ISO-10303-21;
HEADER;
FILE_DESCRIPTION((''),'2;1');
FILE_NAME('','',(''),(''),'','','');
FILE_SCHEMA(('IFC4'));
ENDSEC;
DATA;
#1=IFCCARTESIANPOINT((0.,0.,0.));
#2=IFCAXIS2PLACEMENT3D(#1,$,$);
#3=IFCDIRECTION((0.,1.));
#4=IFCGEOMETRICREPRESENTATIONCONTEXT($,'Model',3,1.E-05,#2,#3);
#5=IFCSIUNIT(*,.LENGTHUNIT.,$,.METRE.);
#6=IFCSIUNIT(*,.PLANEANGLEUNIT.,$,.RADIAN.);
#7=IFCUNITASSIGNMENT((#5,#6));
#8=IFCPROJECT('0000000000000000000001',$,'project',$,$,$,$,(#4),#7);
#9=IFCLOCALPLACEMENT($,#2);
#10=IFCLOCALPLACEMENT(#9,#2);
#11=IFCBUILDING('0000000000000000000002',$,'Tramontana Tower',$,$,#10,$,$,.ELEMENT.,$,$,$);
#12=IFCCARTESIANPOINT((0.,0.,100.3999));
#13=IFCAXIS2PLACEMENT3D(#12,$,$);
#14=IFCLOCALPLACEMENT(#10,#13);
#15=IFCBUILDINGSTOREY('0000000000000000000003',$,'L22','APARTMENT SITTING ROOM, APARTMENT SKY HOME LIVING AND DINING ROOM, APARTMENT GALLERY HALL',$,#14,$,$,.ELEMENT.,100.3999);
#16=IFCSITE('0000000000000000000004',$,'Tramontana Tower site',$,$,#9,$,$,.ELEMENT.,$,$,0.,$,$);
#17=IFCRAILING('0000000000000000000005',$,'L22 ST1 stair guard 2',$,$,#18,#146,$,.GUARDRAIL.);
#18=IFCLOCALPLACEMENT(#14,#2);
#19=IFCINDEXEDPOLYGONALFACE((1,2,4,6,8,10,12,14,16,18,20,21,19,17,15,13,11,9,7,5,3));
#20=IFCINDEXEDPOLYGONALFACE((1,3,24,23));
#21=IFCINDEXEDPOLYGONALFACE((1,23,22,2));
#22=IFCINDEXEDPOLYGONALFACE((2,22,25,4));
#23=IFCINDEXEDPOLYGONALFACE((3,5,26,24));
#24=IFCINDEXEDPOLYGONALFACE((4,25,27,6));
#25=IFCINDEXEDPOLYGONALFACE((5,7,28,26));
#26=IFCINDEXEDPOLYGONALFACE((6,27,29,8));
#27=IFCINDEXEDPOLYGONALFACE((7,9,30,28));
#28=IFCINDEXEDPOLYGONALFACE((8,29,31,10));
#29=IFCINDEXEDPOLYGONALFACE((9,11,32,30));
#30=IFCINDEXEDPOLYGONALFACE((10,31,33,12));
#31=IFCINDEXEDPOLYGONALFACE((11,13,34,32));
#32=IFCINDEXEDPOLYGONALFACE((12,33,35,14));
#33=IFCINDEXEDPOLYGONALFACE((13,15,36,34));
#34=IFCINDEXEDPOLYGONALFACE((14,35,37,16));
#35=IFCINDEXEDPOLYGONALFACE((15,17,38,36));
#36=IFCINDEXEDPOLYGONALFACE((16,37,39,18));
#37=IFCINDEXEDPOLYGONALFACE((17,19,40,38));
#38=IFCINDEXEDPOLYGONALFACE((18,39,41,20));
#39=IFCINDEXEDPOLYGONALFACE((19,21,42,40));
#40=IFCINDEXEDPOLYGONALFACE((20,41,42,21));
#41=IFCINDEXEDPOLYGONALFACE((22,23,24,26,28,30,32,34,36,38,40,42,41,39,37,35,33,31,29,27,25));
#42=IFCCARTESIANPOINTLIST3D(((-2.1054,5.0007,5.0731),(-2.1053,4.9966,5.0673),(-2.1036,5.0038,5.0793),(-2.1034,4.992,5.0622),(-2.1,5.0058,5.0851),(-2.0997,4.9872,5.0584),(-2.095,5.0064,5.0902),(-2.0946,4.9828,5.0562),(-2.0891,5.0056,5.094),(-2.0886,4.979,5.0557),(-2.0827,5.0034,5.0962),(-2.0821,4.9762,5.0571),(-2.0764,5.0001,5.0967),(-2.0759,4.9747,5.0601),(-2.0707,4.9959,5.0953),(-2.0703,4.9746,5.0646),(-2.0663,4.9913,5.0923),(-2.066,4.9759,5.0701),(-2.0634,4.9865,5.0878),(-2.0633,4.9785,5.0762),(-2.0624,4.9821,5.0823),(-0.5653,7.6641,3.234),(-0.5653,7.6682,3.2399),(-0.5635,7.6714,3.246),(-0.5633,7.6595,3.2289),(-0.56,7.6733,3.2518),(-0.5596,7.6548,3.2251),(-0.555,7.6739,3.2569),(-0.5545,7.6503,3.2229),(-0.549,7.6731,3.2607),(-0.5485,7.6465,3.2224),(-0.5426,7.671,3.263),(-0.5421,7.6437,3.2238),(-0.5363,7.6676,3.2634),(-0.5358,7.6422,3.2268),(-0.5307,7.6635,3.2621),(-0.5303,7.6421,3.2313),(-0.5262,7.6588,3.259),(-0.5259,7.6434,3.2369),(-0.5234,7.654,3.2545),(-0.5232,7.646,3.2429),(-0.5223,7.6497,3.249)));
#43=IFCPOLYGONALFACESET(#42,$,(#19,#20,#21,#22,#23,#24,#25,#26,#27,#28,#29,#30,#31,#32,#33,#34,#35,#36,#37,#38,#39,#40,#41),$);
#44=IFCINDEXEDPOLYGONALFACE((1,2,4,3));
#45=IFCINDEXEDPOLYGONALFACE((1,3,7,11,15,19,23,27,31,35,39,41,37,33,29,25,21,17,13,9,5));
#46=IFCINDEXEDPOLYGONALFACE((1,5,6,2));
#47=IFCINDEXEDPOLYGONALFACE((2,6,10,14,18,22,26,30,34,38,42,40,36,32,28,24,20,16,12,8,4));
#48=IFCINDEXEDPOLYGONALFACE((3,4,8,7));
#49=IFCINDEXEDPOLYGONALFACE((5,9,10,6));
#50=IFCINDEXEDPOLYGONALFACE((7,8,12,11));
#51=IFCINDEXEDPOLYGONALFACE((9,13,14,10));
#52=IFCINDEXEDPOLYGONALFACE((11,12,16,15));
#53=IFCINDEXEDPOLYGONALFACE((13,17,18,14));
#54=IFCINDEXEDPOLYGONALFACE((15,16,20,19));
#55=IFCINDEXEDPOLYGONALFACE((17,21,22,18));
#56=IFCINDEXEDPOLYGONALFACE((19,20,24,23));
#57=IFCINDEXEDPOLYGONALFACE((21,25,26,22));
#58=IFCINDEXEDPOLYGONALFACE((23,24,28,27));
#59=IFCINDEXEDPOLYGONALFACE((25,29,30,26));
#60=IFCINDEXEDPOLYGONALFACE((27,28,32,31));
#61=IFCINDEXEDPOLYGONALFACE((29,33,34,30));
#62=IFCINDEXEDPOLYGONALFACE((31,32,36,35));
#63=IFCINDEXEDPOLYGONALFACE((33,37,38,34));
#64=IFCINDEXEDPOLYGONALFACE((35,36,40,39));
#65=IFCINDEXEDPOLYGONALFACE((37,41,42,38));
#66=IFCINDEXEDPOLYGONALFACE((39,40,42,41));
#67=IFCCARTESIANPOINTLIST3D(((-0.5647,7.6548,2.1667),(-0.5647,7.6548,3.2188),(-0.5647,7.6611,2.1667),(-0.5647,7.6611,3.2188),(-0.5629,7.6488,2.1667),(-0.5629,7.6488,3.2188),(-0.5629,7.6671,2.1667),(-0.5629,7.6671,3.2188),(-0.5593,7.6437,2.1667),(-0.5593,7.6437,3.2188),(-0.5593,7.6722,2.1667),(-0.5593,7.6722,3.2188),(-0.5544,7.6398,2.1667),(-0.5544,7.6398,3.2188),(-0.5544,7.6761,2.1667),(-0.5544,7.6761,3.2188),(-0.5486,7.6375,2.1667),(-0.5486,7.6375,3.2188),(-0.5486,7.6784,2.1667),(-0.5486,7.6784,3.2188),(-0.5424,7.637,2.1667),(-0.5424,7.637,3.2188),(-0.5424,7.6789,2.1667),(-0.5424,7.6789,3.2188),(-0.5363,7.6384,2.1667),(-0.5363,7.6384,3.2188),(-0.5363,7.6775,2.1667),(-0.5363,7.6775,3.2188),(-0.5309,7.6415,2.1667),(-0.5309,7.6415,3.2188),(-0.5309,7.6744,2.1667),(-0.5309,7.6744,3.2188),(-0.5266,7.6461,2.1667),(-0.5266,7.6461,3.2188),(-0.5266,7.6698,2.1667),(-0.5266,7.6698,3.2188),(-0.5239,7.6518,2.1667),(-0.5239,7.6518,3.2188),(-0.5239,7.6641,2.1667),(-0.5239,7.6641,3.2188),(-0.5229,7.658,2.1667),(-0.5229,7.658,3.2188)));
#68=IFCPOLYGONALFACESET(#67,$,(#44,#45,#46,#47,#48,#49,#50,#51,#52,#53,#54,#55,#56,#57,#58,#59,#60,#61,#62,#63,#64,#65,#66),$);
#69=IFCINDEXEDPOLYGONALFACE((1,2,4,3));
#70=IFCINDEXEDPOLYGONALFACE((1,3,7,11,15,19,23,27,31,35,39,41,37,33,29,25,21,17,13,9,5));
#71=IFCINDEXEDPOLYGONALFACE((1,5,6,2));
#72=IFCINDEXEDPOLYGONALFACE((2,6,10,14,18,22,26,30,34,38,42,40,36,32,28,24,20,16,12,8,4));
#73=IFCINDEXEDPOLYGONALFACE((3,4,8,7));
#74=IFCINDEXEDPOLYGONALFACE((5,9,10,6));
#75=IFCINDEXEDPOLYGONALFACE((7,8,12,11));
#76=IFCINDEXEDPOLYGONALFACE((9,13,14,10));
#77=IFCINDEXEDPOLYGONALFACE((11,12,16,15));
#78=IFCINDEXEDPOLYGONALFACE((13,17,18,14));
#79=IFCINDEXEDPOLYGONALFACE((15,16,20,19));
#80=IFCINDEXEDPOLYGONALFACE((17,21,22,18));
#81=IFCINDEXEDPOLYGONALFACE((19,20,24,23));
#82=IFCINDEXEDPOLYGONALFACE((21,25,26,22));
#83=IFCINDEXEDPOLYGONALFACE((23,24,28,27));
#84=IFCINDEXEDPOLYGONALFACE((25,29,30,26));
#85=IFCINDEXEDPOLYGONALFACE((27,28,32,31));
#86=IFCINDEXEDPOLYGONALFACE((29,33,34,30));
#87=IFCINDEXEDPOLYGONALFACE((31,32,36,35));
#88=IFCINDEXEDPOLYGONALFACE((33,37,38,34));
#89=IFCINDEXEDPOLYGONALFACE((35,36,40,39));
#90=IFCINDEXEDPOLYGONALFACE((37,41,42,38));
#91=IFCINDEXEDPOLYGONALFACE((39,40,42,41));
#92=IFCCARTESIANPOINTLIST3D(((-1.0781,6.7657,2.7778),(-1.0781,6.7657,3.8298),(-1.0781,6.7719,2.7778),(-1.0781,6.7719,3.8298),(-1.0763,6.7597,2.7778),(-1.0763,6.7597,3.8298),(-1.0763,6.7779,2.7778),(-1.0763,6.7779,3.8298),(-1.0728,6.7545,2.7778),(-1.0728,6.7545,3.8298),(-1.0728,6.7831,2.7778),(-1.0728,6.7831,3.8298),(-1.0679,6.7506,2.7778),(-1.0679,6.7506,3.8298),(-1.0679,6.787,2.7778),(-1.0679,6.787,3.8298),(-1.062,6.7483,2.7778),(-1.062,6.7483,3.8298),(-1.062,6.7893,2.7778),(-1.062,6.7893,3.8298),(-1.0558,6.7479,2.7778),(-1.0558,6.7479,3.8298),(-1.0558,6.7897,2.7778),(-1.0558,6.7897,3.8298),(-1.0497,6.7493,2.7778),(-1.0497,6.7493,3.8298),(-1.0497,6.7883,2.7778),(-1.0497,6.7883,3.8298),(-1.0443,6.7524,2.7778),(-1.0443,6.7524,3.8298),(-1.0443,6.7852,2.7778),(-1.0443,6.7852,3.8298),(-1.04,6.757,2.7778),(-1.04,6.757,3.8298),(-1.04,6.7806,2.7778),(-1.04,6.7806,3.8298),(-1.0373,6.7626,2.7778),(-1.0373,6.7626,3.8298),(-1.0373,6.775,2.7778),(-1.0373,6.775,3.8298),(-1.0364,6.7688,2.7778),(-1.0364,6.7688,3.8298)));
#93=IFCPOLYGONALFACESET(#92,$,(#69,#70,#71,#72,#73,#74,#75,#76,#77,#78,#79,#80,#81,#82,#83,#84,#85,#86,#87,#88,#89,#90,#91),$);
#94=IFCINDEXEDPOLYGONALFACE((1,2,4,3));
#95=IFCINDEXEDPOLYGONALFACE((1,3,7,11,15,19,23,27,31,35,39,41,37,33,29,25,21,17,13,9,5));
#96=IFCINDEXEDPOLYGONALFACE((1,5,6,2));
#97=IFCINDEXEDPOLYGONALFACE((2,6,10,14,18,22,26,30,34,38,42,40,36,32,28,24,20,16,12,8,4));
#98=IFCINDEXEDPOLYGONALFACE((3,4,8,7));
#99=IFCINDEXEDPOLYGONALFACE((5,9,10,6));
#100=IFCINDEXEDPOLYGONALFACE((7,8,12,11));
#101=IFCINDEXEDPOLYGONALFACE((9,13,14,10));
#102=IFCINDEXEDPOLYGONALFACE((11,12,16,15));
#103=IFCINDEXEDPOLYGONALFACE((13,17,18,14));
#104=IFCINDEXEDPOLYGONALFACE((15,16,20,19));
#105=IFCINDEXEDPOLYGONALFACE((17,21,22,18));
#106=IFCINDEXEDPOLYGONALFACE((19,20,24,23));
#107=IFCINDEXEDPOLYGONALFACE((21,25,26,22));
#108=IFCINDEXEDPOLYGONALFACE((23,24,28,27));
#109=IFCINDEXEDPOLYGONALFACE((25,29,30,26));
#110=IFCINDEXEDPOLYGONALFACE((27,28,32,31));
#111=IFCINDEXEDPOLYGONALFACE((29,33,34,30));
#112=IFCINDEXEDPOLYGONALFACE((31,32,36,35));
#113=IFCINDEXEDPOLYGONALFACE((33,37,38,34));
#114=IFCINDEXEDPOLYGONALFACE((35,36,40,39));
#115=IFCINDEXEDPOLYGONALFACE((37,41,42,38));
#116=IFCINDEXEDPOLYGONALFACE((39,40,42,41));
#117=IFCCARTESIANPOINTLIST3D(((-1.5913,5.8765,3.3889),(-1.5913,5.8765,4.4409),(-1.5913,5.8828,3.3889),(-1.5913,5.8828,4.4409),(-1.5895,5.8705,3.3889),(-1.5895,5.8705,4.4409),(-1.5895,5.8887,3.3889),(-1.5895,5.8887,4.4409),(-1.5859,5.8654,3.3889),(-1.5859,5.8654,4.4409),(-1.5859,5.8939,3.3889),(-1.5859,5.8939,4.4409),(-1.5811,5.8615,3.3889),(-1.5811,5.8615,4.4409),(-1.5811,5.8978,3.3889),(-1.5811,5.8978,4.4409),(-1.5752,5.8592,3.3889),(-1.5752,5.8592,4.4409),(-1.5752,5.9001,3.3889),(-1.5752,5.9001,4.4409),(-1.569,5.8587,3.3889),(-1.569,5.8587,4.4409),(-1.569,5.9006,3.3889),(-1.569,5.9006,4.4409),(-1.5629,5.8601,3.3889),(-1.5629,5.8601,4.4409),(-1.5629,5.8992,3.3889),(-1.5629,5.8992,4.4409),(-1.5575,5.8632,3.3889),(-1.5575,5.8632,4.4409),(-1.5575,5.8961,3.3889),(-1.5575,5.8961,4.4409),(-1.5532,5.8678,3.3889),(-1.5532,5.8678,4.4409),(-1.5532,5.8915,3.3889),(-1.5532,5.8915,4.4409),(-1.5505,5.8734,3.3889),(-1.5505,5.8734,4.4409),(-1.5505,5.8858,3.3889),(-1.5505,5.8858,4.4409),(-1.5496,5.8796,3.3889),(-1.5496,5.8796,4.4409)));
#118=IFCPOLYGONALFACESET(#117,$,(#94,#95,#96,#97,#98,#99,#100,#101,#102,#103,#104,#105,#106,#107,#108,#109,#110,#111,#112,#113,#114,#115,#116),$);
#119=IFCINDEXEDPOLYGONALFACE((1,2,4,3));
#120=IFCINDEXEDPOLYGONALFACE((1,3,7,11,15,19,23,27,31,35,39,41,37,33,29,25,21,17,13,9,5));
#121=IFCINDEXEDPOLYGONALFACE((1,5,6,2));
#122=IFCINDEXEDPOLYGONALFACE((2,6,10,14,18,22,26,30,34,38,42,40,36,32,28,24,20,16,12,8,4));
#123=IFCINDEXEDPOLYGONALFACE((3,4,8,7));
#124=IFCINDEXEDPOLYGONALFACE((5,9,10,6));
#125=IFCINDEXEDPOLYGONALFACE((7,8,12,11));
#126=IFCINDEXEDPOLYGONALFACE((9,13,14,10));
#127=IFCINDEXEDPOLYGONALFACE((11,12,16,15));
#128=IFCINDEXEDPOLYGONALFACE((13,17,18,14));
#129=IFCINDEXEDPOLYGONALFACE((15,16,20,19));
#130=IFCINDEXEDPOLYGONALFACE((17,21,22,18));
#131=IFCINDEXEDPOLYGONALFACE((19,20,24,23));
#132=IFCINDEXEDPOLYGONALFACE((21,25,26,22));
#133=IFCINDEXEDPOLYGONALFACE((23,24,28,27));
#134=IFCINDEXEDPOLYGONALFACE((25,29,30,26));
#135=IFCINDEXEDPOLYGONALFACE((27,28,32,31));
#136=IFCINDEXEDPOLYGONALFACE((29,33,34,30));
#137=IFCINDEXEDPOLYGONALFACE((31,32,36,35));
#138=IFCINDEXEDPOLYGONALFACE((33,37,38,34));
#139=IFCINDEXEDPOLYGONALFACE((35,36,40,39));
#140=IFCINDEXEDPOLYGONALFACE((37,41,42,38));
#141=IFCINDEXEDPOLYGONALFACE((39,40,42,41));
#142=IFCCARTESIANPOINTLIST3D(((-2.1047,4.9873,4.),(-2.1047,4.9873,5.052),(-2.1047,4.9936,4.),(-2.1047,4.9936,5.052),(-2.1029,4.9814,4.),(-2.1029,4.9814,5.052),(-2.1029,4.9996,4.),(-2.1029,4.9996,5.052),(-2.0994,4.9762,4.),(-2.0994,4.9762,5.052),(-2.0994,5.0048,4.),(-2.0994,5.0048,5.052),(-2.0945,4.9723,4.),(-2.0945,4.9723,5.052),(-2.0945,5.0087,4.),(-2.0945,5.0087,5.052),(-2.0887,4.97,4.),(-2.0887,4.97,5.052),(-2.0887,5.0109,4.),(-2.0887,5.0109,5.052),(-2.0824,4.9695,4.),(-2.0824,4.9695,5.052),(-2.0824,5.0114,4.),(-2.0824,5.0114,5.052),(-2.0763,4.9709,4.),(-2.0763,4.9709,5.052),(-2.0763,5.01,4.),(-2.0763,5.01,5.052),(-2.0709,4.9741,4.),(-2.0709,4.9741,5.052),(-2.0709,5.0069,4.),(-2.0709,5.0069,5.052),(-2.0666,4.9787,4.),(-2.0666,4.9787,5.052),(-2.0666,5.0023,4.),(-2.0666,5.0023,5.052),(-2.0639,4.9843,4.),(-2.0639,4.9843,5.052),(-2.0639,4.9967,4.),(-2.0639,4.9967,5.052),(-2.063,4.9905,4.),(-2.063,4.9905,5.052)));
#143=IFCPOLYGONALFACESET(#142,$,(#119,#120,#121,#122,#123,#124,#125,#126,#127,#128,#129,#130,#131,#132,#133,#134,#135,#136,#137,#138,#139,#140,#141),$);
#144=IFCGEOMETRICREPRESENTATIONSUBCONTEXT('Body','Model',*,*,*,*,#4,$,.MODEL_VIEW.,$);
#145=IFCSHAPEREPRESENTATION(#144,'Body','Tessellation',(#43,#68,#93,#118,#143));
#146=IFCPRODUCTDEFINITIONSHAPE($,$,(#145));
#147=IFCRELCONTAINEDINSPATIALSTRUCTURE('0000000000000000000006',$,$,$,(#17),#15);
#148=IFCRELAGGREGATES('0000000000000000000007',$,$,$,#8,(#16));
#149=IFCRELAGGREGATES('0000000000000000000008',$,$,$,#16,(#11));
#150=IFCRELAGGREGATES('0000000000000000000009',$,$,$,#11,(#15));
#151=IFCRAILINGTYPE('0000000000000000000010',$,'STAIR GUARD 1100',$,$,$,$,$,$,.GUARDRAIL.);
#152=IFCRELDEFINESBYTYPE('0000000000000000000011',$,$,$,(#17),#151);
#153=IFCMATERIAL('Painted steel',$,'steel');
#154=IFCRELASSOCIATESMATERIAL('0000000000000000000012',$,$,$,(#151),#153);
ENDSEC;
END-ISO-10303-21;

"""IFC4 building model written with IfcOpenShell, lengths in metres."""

from ifc_helpers import new_model, si_unit, direction, frame, origin, origin_2d, place, context, subcontext, project, spatial, circle, extrude, material, type_object, element, save


model = new_model("IFC4")

# Units and contexts
model_context = context("Model", 3, precision=1e-05, world=origin(), true_north=direction((0.0, 1.0)))
body_context = subcontext(model_context, "Body", "Model", "MODEL_VIEW")
ifc_project = project(units=[si_unit("LENGTHUNIT", "METRE"), si_unit("PLANEANGLEUNIT", "RADIAN")], contexts=[model_context])

# Site, building, storey
site_placement = place(None, origin())
site = spatial("IfcSite", under=ifc_project, at=site_placement, Name="Tramontana Tower site", CompositionType="ELEMENT", RefElevation=0.0)
building_placement = place(site_placement, origin())
building = spatial("IfcBuilding", under=site, at=building_placement, Name="Tramontana Tower", CompositionType="ELEMENT")
storey_placement = place(building_placement, frame((0.0, 0.0, 100.3999)))
storey = spatial("IfcBuildingStorey", under=building, at=storey_placement, Name="L22", Description="APARTMENT SITTING ROOM, APARTMENT SKY HOME LIVING AND DINING ROOM, APARTMENT GALLERY HALL", CompositionType="ELEMENT", Elevation=100.3999)

# Railing
ifc_material_1 = material(Name="Painted steel", Category="steel")
railing_type_1 = type_object("IfcRailingType", Name="STAIR GUARD 1100", PredefinedType="GUARDRAIL", material=ifc_material_1)
railing_1_placement = place(storey_placement, frame((-0.5439, 7.658, 2.1667)))
element("IfcRailing", 1, at=railing_1_placement, inside=storey, type_object=railing_type_1, Name="L22 ST1 stair guard 2", PredefinedType="GUARDRAIL", context=body_context, shape_type="SweptSolid", body=[
    extrude(circle(Radius=0.0239, at=origin_2d()), frame((0.0, 0.0, 1.0762), z_axis=(-0.429649, -0.74419, 0.511452), x_axis=(0.86603, -0.499992, 0.0)), (0.0, 0.0, 1.0), 3.5845),
    extrude(circle(Radius=0.021, at=origin_2d()), origin(), (0.0, 0.0, 1.0), 1.052),
    extrude(circle(Radius=0.021, at=origin_2d()), frame((-0.5134, -0.8892, 0.6111)), (0.0, 0.0, 1.0), 1.052),
    extrude(circle(Radius=0.021, at=origin_2d()), frame((-1.0266, -1.7783, 1.2222)), (0.0, 0.0, 1.0), 1.052),
    extrude(circle(Radius=0.021, at=origin_2d()), frame((-1.54, -2.6675, 1.8333)), (0.0, 0.0, 1.0), 1.052),
])

save(model, "model.ifc")
